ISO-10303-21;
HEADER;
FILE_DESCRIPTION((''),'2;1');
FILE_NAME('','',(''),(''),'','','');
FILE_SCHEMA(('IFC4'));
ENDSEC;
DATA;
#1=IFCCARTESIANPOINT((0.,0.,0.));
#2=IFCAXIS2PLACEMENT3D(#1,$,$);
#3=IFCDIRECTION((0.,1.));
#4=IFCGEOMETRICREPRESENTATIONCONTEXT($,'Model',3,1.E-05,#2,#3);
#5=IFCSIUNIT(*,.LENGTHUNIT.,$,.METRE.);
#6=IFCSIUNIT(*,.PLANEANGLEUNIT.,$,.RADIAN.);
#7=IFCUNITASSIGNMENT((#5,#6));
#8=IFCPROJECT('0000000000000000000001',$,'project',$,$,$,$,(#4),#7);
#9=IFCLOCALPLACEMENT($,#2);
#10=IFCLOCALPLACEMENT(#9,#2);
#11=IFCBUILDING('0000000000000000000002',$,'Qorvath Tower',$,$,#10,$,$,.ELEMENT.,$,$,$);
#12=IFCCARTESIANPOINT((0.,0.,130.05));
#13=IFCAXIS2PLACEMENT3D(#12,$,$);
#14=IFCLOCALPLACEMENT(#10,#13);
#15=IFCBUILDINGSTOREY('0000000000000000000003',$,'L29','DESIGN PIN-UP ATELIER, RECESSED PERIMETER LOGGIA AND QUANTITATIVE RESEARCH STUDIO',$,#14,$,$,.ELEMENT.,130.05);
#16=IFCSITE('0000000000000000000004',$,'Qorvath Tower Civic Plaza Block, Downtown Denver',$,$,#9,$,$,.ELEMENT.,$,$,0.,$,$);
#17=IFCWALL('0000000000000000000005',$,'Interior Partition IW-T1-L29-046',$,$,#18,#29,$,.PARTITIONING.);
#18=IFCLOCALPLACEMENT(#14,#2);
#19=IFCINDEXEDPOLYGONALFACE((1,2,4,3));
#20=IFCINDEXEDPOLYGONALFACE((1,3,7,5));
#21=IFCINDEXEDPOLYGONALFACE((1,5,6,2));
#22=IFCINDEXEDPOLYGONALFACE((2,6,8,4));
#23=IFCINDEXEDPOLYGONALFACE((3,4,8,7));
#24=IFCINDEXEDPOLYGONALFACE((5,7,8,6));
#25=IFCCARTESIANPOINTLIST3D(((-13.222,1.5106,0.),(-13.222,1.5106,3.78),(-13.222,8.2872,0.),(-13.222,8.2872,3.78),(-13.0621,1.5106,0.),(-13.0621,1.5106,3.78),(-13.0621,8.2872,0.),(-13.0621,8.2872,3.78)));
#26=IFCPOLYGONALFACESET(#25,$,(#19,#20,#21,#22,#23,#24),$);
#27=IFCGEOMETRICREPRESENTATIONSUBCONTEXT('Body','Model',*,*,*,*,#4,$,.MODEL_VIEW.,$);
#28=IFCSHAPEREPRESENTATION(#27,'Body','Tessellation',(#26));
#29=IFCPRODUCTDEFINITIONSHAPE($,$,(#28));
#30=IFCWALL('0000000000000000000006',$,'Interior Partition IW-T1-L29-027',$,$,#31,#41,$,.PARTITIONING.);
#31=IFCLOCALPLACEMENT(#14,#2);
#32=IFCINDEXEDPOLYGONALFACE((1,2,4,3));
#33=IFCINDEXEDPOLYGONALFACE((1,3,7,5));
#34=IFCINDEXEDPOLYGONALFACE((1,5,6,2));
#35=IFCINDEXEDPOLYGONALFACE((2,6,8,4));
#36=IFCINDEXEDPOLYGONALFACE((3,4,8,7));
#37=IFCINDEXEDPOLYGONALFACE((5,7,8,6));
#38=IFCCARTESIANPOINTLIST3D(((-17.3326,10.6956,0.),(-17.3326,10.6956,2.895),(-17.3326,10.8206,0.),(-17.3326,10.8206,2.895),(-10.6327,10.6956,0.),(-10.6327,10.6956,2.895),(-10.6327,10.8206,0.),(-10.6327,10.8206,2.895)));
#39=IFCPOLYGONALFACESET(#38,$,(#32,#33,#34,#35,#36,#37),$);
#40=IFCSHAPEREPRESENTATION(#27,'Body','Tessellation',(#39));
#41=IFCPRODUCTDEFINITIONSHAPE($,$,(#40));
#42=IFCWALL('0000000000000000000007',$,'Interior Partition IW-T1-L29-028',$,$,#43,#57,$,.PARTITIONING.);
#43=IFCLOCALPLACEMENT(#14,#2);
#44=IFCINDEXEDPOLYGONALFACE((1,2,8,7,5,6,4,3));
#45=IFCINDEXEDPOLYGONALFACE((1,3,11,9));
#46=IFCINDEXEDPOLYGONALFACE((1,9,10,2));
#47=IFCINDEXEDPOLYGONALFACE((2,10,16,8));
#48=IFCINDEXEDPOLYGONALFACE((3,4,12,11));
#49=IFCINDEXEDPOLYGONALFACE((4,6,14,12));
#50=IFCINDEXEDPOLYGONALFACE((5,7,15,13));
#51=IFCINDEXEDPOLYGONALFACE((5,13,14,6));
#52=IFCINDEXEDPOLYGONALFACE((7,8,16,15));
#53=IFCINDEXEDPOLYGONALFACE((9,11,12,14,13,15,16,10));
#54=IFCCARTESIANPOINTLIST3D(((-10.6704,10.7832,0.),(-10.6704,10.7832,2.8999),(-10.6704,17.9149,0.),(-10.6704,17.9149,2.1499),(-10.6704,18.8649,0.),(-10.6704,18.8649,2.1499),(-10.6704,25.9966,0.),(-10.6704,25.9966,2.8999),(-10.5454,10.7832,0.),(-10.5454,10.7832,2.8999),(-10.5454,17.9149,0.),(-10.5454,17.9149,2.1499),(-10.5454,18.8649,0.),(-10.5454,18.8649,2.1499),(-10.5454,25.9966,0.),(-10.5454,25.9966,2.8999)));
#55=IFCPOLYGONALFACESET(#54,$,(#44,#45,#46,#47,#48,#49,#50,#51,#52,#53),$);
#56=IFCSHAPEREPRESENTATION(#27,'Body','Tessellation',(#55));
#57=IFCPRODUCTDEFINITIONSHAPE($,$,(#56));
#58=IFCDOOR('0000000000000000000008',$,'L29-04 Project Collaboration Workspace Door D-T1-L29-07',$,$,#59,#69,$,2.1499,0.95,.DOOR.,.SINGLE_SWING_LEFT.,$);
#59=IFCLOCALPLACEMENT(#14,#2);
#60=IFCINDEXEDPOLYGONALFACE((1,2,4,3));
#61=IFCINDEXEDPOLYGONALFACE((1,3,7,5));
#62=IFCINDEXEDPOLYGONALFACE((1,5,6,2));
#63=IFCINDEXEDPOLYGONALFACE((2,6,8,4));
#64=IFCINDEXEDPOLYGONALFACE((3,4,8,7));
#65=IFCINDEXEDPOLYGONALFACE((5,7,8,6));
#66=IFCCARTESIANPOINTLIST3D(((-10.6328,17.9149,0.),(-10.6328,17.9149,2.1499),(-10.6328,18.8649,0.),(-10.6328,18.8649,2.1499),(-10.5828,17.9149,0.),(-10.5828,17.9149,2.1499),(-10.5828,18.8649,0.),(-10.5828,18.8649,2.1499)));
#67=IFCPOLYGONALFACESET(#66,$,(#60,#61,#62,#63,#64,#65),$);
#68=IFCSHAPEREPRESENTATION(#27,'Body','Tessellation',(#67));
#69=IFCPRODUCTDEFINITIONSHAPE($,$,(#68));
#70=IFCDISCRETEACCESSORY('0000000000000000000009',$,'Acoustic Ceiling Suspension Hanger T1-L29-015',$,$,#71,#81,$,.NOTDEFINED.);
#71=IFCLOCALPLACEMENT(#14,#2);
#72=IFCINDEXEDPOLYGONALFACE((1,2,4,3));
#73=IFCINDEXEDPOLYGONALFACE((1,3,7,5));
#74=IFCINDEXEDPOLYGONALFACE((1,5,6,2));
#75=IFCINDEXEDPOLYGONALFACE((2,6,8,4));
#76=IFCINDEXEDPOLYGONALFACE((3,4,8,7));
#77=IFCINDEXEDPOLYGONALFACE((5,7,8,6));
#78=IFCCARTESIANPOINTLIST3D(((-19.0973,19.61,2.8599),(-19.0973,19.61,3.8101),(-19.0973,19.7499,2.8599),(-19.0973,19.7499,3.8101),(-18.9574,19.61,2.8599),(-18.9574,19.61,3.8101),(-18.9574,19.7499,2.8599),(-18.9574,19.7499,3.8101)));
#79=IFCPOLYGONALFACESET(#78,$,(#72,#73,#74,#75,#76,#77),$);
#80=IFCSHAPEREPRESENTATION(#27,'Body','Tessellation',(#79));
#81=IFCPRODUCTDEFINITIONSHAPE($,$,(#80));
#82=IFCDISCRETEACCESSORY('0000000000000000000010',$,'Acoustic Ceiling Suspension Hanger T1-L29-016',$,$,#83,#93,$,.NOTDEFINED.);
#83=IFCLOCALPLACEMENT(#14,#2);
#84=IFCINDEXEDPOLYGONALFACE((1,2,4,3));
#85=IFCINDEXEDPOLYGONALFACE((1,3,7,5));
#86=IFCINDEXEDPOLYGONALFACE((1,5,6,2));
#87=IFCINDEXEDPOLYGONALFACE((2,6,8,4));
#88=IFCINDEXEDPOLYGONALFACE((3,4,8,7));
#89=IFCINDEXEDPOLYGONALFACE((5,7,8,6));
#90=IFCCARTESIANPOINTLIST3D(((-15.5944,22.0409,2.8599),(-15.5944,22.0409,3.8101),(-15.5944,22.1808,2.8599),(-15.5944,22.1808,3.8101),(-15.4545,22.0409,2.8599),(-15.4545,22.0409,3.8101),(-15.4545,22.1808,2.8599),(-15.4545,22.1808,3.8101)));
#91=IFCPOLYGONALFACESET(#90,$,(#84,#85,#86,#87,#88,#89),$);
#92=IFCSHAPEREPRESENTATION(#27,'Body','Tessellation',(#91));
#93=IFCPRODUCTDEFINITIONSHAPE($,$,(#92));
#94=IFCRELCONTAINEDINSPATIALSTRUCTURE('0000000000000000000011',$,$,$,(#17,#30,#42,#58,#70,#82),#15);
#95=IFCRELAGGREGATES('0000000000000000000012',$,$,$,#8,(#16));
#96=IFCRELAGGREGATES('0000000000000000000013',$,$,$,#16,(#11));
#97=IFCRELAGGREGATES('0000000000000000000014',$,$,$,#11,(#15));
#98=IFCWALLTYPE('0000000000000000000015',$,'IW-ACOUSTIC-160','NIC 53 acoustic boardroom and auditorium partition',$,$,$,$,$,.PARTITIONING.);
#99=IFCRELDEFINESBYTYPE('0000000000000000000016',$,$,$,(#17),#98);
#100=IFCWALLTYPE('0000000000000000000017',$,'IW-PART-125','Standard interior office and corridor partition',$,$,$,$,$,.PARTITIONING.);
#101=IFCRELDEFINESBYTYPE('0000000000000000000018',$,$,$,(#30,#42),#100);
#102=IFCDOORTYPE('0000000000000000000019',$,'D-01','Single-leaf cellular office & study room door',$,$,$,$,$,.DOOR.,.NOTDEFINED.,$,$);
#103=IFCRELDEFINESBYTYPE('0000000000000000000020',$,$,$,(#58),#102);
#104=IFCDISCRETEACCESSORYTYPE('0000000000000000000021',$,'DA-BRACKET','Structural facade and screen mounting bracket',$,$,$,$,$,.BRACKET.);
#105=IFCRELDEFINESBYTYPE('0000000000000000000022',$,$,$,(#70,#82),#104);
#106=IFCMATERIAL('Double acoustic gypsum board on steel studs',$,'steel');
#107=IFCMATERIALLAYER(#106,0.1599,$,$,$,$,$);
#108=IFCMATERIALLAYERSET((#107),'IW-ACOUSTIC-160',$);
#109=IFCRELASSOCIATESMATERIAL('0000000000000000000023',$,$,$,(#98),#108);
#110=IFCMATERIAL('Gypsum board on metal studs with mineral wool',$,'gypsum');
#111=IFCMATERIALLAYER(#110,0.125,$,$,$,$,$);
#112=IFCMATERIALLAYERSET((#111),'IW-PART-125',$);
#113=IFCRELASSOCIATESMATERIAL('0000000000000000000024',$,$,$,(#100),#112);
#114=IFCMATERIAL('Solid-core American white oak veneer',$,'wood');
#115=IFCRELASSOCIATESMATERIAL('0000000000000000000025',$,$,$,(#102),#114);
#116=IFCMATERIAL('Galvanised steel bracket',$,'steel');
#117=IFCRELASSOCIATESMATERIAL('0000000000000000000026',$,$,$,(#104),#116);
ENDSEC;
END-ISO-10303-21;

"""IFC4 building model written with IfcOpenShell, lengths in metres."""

from ifc_helpers import new_model, si_unit, direction, frame, frame_2d, origin, origin_2d, place, context, subcontext, project, spatial, rectangle, extrude, material, layer, layer_set, type_object, element, fill, save


model = new_model("IFC4")

# Units and contexts
model_context = context("Model", 3, precision=1e-05, world=origin(), true_north=direction((0.0, 1.0)))
body_context = subcontext(model_context, "Body", "Model", "MODEL_VIEW")
ifc_project = project(units=[si_unit("LENGTHUNIT", "METRE"), si_unit("PLANEANGLEUNIT", "RADIAN")], contexts=[model_context])

# Site, building, storey
site_placement = place(None, origin())
site = spatial("IfcSite", under=ifc_project, at=site_placement, Name="Qorvath Tower Civic Plaza Block, Downtown Denver", CompositionType="ELEMENT", RefElevation=0.0)
building_placement = place(site_placement, origin())
building = spatial("IfcBuilding", under=site, at=building_placement, Name="Qorvath Tower", CompositionType="ELEMENT")
storey_placement = place(building_placement, frame((0.0, 0.0, 130.05)))
storey = spatial("IfcBuildingStorey", under=building, at=storey_placement, Name="L29", Description="DESIGN PIN-UP ATELIER, RECESSED PERIMETER LOGGIA AND QUANTITATIVE RESEARCH STUDIO", CompositionType="ELEMENT", Elevation=130.05)

# Walls
ifc_material_1 = material(Name="Double acoustic gypsum board on steel studs", Category="steel")
ifc_layer_1 = layer(ifc_material_1, 0.1599)
ifc_layer_set_1 = layer_set([ifc_layer_1], Name="IW-ACOUSTIC-160")
wall_type_1 = type_object("IfcWallType", Name="IW-ACOUSTIC-160", Description="NIC 53 acoustic boardroom and auditorium partition", PredefinedType="PARTITIONING", material=ifc_layer_set_1)
wall_1_placement = place(storey_placement, frame((-13.1421, 8.2871, 0.0), z_axis=(0.0, 0.0, 1.0), x_axis=(0.0, -1.0, 0.0)))
element("IfcWall", 1, at=wall_1_placement, inside=storey, type_object=wall_type_1, Name="Interior Partition IW-T1-L29-046", PredefinedType="PARTITIONING", context=body_context, shape_type="SweptSolid", body=[
    extrude(rectangle(XDim=6.7766, YDim=0.1599, at=frame_2d((3.3882, 0.0))), origin(), (0.0, 0.0, 1.0), 3.78),
])
ifc_material_2 = material(Name="Gypsum board on metal studs with mineral wool", Category="gypsum")
ifc_layer_2 = layer(ifc_material_2, 0.125)
ifc_layer_set_2 = layer_set([ifc_layer_2], Name="IW-PART-125")
wall_type_2 = type_object("IfcWallType", Name="IW-PART-125", Description="Standard interior office and corridor partition", PredefinedType="PARTITIONING", material=ifc_layer_set_2)
wall_2_placement = place(storey_placement, frame((-17.3328, 10.7581, 0.0), z_axis=(0.0, 0.0, 1.0), x_axis=(1.0, 0.0, 0.0)))
element("IfcWall", 2, at=wall_2_placement, inside=storey, type_object=wall_type_2, Name="Interior Partition IW-T1-L29-027", PredefinedType="PARTITIONING", context=body_context, shape_type="SweptSolid", body=[
    extrude(rectangle(XDim=6.7, YDim=0.125, at=frame_2d((3.3501, 0.0))), origin(), (0.0, 0.0, 1.0), 2.895),
])

# Wall, opening, door
wall_3_placement = place(storey_placement, frame((-10.6079, 10.7832, 0.0), z_axis=(0.0, 0.0, 1.0), x_axis=(0.0, 1.0, 0.0)))
wall_3 = element("IfcWall", 3, at=wall_3_placement, inside=storey, type_object=wall_type_2, Name="Interior Partition IW-T1-L29-028", PredefinedType="PARTITIONING", context=body_context, shape_type="SweptSolid", body=[
    extrude(rectangle(XDim=15.2134, YDim=0.125, at=frame_2d((7.6067, 0.0))), origin(), (0.0, 0.0, 1.0), 2.8999),
])
opening_placement = place(wall_3_placement, frame((7.1316, 0.0, 0.0)))
opening = element("IfcOpeningElement", 4, at=opening_placement, cuts=wall_3, PredefinedType="OPENING", context=body_context, shape_type="SweptSolid", body=[
    extrude(rectangle(XDim=0.95, YDim=2.1499, at=frame_2d((0.4751, 1.075))), frame((0.0, 0.0725, 0.0), z_axis=(0.0, -1.0, 0.0), x_axis=(1.0, 0.0, 0.0)), (0.0, 0.0, 1.0), 0.145),
])
ifc_material_3 = material(Name="Solid-core American white oak veneer", Category="wood")
door_type = type_object("IfcDoorType", Name="D-01", Description="Single-leaf cellular office & study room door", OperationType="NOTDEFINED", PredefinedType="DOOR", material=ifc_material_3)
door_placement = place(opening_placement, origin())
door = element("IfcDoor", 5, at=door_placement, inside=storey, type_object=door_type, Name="L29-04 Project Collaboration Workspace Door D-T1-L29-07", OperationType="SINGLE_SWING_LEFT", OverallHeight=2.1499, OverallWidth=0.95, PredefinedType="DOOR", context=body_context, shape_type="SweptSolid", body=[
    extrude(rectangle(XDim=0.95, YDim=2.1499, at=frame_2d((0.4751, 1.075))), frame((0.0, 0.0249, 0.0), z_axis=(0.0, -1.0, 0.0), x_axis=(1.0, 0.0, 0.0)), (0.0, 0.0, 1.0), 0.05),
])
fill(opening, door)

# Discrete accessories
ifc_material_4 = material(Name="Galvanised steel bracket", Category="steel")
discrete_accessory_type = type_object("IfcDiscreteAccessoryType", Name="DA-BRACKET", Description="Structural facade and screen mounting bracket", PredefinedType="BRACKET", material=ifc_material_4)
for number, where, z_axis, x_axis, name in (
    (6, (-19.0273, 19.6799, 2.8599), (0.0, 0.0, 1.0), (1.0, 0.0, 0.0), "Acoustic Ceiling Suspension Hanger T1-L29-015"),
    (7, (-15.5244, 22.1108, 2.8599), (0.0, 0.0, 1.0), (1.0, 0.0, 0.0), "Acoustic Ceiling Suspension Hanger T1-L29-016"),
):
    element("IfcDiscreteAccessory", number, at=place(storey_placement, frame(where, z_axis=z_axis, x_axis=x_axis)), inside=storey, type_object=discrete_accessory_type, Name=name, PredefinedType="NOTDEFINED", context=body_context, shape_type="SweptSolid", body=[
        extrude(rectangle(XDim=0.1399, YDim=0.1399, at=origin_2d()), origin(), (0.0, 0.0, 1.0), 0.9502),
    ])

save(model, "model.ifc")
